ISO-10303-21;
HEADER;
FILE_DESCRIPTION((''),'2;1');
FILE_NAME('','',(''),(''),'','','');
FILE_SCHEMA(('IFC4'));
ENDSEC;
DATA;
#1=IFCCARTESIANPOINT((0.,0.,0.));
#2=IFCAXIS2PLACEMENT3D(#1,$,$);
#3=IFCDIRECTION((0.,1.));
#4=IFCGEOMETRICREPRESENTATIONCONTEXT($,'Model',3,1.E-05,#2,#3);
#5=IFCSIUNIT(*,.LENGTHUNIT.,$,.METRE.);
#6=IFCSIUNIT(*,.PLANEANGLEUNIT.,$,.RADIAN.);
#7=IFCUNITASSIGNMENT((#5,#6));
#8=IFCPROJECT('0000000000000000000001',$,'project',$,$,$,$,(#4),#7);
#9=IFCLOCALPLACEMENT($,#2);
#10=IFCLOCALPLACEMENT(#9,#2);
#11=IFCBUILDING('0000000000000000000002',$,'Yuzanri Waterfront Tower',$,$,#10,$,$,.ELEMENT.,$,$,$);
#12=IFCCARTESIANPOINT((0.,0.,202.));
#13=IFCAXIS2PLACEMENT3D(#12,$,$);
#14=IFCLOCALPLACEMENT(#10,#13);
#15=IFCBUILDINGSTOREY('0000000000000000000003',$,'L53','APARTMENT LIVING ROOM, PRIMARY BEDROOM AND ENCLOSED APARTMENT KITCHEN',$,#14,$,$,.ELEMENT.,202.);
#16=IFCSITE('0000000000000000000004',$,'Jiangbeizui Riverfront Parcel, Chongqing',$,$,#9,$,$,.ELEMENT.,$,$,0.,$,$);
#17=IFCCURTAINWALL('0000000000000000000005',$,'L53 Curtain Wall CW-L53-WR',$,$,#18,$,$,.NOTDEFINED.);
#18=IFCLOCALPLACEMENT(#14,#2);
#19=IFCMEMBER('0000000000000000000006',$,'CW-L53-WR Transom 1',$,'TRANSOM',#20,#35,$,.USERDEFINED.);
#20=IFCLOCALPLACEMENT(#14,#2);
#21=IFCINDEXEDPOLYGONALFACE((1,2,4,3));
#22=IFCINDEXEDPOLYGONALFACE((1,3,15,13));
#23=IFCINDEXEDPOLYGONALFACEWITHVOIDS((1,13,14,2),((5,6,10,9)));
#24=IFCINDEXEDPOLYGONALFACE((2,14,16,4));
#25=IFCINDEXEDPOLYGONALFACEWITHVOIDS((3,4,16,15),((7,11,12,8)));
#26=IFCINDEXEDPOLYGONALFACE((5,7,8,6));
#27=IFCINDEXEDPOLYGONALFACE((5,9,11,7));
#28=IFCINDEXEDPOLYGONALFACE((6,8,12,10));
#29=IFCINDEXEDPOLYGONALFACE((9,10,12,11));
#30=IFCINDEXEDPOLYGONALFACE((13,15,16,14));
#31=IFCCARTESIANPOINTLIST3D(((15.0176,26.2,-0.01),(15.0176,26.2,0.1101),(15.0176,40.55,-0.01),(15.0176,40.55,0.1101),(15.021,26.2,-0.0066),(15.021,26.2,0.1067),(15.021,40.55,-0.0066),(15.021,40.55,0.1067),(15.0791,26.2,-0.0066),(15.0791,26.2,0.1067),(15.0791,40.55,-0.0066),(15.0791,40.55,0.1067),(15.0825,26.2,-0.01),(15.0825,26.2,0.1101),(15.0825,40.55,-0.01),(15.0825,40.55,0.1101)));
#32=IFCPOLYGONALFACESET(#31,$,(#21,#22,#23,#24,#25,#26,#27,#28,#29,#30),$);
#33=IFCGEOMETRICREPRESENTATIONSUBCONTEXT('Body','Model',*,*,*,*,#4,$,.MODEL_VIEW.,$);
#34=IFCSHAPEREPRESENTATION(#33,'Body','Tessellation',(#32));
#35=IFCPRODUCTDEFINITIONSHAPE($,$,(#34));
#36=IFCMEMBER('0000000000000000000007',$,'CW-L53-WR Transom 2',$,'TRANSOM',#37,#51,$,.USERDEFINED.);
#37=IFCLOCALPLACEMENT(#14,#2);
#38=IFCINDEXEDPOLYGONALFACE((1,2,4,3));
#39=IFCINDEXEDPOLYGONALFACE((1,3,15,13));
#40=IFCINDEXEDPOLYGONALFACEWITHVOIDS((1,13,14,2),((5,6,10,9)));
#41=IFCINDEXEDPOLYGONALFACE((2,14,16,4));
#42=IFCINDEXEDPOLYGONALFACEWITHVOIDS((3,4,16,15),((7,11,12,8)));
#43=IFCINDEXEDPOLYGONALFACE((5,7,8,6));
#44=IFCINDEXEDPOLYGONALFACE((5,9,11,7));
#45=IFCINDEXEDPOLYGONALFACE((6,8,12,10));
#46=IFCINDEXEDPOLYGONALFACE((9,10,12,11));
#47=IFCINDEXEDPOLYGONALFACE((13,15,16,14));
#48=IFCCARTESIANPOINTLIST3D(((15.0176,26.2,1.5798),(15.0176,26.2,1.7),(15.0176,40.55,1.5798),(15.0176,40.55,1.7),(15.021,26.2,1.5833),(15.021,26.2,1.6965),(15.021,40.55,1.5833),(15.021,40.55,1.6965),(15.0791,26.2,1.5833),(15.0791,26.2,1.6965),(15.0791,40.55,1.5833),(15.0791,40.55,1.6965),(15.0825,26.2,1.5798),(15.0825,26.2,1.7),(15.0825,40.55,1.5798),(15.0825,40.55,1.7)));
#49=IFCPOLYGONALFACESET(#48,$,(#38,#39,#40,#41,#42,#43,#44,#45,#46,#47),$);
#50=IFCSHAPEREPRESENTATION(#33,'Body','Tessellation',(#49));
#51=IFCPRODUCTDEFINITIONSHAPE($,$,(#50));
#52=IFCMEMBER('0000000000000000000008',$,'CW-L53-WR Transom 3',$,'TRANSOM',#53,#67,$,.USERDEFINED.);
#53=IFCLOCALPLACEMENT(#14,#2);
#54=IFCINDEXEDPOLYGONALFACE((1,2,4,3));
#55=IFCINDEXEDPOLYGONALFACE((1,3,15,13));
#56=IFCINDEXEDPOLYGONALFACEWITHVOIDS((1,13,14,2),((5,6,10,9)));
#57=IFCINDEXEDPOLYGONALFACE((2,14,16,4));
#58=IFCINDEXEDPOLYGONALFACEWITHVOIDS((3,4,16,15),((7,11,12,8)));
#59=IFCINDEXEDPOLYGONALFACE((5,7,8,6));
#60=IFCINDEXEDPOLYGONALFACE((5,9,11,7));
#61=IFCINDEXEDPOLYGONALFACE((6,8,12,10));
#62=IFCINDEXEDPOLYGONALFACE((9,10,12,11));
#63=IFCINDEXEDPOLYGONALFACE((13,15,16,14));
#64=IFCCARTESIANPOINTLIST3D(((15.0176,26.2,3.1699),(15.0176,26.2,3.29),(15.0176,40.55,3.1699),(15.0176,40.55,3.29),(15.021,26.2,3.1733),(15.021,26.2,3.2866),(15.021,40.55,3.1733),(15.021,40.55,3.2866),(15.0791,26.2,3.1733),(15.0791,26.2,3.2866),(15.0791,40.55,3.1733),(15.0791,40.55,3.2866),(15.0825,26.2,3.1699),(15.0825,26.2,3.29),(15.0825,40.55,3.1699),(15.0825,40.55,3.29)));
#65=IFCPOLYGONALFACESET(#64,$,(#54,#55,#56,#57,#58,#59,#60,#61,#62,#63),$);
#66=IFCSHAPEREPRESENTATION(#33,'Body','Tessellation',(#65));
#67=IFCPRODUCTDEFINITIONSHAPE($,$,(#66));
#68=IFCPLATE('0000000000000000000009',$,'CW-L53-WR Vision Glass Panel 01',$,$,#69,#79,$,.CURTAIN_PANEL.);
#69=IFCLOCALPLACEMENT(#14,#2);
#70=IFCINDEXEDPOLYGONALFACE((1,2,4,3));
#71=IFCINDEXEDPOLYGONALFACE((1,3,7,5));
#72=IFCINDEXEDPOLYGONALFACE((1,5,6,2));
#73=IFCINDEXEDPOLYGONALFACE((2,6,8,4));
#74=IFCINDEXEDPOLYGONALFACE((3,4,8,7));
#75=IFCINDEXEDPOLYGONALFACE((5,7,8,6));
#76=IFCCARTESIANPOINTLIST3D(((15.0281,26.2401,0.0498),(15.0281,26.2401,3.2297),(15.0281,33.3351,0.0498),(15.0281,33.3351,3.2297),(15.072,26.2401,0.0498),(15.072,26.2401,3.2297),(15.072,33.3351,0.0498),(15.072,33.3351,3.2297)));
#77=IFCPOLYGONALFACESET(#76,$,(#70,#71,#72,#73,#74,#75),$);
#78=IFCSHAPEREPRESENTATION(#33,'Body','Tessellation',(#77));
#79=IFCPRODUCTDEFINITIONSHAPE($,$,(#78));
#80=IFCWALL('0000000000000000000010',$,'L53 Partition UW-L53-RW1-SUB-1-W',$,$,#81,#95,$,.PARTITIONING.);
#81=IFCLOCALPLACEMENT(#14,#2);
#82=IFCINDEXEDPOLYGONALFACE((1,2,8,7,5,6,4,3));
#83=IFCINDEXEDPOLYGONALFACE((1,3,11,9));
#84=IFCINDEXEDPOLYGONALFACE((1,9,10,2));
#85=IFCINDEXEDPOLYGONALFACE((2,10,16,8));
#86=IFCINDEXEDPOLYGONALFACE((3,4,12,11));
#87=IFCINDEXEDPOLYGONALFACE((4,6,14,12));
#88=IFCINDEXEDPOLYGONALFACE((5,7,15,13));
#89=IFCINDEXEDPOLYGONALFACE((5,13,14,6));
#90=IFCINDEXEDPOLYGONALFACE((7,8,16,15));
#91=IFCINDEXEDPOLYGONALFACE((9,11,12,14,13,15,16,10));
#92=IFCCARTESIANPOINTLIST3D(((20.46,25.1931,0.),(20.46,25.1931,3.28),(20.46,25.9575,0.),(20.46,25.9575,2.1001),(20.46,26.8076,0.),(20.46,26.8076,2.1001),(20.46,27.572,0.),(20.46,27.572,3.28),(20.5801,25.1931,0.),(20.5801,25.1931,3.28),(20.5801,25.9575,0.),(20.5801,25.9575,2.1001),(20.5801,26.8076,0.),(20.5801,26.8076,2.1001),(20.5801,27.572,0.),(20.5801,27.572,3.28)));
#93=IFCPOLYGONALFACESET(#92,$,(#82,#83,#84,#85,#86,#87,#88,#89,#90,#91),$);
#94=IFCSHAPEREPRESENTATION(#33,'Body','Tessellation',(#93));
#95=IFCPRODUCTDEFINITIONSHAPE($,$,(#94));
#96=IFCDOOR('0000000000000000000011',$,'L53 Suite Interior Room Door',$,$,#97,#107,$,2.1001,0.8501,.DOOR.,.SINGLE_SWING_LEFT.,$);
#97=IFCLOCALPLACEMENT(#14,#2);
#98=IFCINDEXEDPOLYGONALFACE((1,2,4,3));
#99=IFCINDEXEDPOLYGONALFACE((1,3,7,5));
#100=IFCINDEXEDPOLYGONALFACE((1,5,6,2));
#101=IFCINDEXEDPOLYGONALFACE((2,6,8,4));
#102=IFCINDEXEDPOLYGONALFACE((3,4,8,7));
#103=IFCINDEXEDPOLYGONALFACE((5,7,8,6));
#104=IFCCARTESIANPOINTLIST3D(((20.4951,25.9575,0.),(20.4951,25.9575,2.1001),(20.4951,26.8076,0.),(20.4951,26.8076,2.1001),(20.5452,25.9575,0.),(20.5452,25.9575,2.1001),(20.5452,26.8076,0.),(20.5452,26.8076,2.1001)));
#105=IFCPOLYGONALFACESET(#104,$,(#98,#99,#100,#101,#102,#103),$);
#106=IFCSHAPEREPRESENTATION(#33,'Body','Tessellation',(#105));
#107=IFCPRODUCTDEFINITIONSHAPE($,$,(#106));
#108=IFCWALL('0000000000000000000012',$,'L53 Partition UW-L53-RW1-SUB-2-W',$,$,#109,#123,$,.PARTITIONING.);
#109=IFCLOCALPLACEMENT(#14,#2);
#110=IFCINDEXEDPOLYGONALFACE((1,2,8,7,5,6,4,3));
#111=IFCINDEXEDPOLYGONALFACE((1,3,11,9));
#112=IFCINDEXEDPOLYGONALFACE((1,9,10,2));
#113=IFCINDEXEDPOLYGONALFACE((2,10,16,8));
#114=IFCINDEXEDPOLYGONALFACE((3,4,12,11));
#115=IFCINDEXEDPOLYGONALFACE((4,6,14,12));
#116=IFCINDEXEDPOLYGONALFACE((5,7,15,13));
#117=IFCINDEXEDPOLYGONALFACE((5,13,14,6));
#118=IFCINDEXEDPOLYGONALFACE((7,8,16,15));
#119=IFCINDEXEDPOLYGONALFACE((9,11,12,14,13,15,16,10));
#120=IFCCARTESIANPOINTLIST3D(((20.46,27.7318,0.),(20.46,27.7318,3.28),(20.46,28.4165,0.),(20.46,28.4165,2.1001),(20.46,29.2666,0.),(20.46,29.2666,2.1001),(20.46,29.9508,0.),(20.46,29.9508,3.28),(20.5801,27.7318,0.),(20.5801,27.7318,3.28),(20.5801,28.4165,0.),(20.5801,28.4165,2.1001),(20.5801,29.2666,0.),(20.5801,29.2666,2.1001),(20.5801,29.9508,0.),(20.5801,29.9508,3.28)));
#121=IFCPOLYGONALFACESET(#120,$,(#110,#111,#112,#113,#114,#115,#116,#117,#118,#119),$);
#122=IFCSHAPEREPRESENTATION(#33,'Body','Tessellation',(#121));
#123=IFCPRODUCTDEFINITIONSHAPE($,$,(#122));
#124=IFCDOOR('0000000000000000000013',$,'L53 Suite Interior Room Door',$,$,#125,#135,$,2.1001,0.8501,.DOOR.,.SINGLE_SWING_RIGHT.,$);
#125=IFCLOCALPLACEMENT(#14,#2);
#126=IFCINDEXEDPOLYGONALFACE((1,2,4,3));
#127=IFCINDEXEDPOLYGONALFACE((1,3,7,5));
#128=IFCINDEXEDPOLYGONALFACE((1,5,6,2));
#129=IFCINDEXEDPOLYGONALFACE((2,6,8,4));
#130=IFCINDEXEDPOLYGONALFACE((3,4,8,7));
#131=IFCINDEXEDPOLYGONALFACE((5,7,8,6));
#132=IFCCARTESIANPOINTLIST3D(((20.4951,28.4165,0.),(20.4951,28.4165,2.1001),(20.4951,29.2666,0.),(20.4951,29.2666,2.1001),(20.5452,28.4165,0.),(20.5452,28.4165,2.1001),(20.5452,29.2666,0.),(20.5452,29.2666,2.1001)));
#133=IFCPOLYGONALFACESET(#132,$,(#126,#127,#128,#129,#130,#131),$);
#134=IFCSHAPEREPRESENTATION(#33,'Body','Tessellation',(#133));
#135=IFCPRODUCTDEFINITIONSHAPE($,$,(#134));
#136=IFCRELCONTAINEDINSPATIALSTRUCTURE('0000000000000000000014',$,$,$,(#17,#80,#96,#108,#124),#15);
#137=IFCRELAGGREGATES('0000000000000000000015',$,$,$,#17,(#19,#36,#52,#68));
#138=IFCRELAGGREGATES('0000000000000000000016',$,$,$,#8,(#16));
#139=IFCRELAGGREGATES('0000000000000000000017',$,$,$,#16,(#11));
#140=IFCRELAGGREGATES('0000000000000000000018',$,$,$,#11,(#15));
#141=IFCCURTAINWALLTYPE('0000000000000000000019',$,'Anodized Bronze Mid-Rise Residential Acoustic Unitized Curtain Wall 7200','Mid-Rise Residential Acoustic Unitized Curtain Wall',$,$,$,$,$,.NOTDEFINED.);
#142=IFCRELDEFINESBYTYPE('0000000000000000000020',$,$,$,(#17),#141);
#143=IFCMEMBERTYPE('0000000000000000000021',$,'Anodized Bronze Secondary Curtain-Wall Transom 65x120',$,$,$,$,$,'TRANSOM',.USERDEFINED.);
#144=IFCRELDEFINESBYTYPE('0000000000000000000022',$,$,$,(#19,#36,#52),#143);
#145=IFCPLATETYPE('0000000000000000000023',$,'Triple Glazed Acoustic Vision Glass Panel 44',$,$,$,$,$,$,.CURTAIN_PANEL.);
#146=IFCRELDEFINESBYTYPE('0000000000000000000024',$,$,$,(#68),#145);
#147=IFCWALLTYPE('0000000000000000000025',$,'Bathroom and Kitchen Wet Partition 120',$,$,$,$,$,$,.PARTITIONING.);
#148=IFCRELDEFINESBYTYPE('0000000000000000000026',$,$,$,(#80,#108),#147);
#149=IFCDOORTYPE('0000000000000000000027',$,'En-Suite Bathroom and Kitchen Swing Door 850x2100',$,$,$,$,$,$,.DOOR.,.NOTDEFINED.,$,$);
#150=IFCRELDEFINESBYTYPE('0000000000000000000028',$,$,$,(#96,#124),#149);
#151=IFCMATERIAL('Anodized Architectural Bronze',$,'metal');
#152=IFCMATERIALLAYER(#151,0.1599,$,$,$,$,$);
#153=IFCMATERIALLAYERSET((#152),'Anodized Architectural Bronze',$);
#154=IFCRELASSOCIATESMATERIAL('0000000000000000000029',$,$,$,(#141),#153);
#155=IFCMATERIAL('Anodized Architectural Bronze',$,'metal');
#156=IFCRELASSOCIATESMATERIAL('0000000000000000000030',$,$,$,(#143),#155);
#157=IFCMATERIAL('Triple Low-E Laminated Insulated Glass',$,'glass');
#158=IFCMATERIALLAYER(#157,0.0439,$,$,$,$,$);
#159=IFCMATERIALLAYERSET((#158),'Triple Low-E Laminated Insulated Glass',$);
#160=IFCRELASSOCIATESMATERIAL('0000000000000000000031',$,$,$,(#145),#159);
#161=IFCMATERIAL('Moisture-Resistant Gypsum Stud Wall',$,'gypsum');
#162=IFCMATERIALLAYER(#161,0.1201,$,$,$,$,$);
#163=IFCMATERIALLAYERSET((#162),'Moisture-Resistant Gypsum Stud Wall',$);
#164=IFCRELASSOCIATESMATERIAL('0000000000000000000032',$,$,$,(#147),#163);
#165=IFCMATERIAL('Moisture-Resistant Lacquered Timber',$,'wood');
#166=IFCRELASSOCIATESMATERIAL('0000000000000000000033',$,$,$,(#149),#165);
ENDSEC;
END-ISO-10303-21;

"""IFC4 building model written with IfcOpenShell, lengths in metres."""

from ifc_helpers import new_model, si_unit, direction, frame, frame_2d, origin, origin_2d, place, context, subcontext, project, spatial, rectangle, hollow_rectangle, extrude, source, transform, mapped, material, layer, layer_set, material_profile, profile_set, type_object, element, fill, aggregate, save


model = new_model("IFC4")

# Units and contexts
model_context = context("Model", 3, precision=1e-05, world=origin(), true_north=direction((0.0, 1.0)))
body_context = subcontext(model_context, "Body", "Model", "MODEL_VIEW")
ifc_project = project(units=[si_unit("LENGTHUNIT", "METRE"), si_unit("PLANEANGLEUNIT", "RADIAN")], contexts=[model_context])

# Site, building, storey
site_placement = place(None, origin())
site = spatial("IfcSite", under=ifc_project, at=site_placement, Name="Jiangbeizui Riverfront Parcel, Chongqing", CompositionType="ELEMENT", RefElevation=0.0)
building_placement = place(site_placement, origin())
building = spatial("IfcBuilding", under=site, at=building_placement, Name="Yuzanri Waterfront Tower", CompositionType="ELEMENT")
storey_placement = place(building_placement, frame((0.0, 0.0, 202.0)))
storey = spatial("IfcBuildingStorey", under=building, at=storey_placement, Name="L53", Description="APARTMENT LIVING ROOM, PRIMARY BEDROOM AND ENCLOSED APARTMENT KITCHEN", CompositionType="ELEMENT", Elevation=202.0)

# Shared definitions
ifc_material_1 = material(Name="Anodized Architectural Bronze", Category="metal")
ifc_layer_1 = layer(ifc_material_1, 0.1599)
ifc_layer_set_1 = layer_set([ifc_layer_1], Name="Anodized Architectural Bronze")
curtain_wall_type = type_object("IfcCurtainWallType", Name="Anodized Bronze Mid-Rise Residential Acoustic Unitized Curtain Wall 7200", Description="Mid-Rise Residential Acoustic Unitized Curtain Wall", PredefinedType="NOTDEFINED", material=ifc_layer_set_1)

# Curtain wall, members, plate
curtain_wall_1_placement = place(storey_placement, origin())
curtain_wall_1 = element("IfcCurtainWall", 1, at=curtain_wall_1_placement, inside=storey, type_object=curtain_wall_type, Name="L53 Curtain Wall CW-L53-WR", PredefinedType="NOTDEFINED")
ifc_material_2 = material(Name="Anodized Architectural Bronze", Category="metal")
ifc_material_profile_1 = material_profile(ifc_material_2, hollow_rectangle(XDim=0.0649, YDim=0.1201, WallThickness=0.0034, at=origin_2d()), Name="CWT 65x120")
ifc_profile_set_1 = profile_set([ifc_material_profile_1], Name="Anodized Architectural Bronze")
member_type_1 = type_object("IfcMemberType", Name="Anodized Bronze Secondary Curtain-Wall Transom 65x120", ElementType="TRANSOM", PredefinedType="USERDEFINED", material=ifc_profile_set_1)
shared_shape_1 = source(origin(), body_context, "Body", "SweptSolid", [
    extrude(hollow_rectangle(XDim=0.0649, YDim=0.1201, WallThickness=0.0034, at=origin_2d()), origin(), (0.0, 0.0, 1.0), 14.3501),
])
member_1_placement = place(storey_placement, frame((15.05, 26.2, 0.05), z_axis=(0.0, 1.0, 0.0), x_axis=(-1.0, 0.0, 0.0)))
member_1 = element("IfcMember", 2, at=member_1_placement, type_object=member_type_1, Name="CW-L53-WR Transom 1", ObjectType="TRANSOM", PredefinedType="USERDEFINED", context=body_context, shape_type="MappedRepresentation", body=[
    mapped(shared_shape_1, transform((0.0, 0.0, 0.0), scale=1.0)),
])
member_2_placement = place(storey_placement, frame((15.05, 26.2, 1.6399), z_axis=(0.0, 1.0, 0.0), x_axis=(-1.0, 0.0, 0.0)))
member_2 = element("IfcMember", 3, at=member_2_placement, type_object=member_type_1, Name="CW-L53-WR Transom 2", ObjectType="TRANSOM", PredefinedType="USERDEFINED", context=body_context, shape_type="MappedRepresentation", body=[
    mapped(shared_shape_1, transform((0.0, 0.0, 0.0), scale=1.0)),
])
member_3_placement = place(storey_placement, frame((15.05, 26.2, 3.23), z_axis=(0.0, 1.0, 0.0), x_axis=(-1.0, 0.0, 0.0)))
member_3 = element("IfcMember", 4, at=member_3_placement, type_object=member_type_1, Name="CW-L53-WR Transom 3", ObjectType="TRANSOM", PredefinedType="USERDEFINED", context=body_context, shape_type="MappedRepresentation", body=[
    mapped(shared_shape_1, transform((0.0, 0.0, 0.0), scale=1.0)),
])
ifc_material_3 = material(Name="Triple Low-E Laminated Insulated Glass", Category="glass")
ifc_layer_2 = layer(ifc_material_3, 0.0439)
ifc_layer_set_2 = layer_set([ifc_layer_2], Name="Triple Low-E Laminated Insulated Glass")
plate_type = type_object("IfcPlateType", Name="Triple Glazed Acoustic Vision Glass Panel 44", PredefinedType="CURTAIN_PANEL", material=ifc_layer_set_2)
shared_shape_2 = source(origin(), body_context, "Body", "SweptSolid", [
    extrude(rectangle(XDim=7.095, YDim=0.0439, at=origin_2d()), origin(), (0.0, 0.0, 1.0), 3.1799),
])
plate_placement = place(storey_placement, frame((15.05, 29.7876, 0.0498), z_axis=(0.0, 0.0, 1.0), x_axis=(0.0, 1.0, 0.0)))
plate = element("IfcPlate", 5, at=plate_placement, type_object=plate_type, Name="CW-L53-WR Vision Glass Panel 01", PredefinedType="CURTAIN_PANEL", context=body_context, shape_type="MappedRepresentation", body=[
    mapped(shared_shape_2, transform((0.0, 0.0, 0.0), scale=1.0)),
])
aggregate(curtain_wall_1, [member_1, member_2, member_3, plate])

# Walls, openings, doors
ifc_material_4 = material(Name="Moisture-Resistant Gypsum Stud Wall", Category="gypsum")
ifc_layer_3 = layer(ifc_material_4, 0.1201)
ifc_layer_set_3 = layer_set([ifc_layer_3], Name="Moisture-Resistant Gypsum Stud Wall")
wall_type_1 = type_object("IfcWallType", Name="Bathroom and Kitchen Wet Partition 120", PredefinedType="PARTITIONING", material=ifc_layer_set_3)
wall_1_placement = place(storey_placement, frame((20.52, 25.1931, 0.0), z_axis=(0.0, 0.0, 1.0), x_axis=(0.0, 1.0, 0.0)))
wall_1 = element("IfcWall", 6, at=wall_1_placement, inside=storey, type_object=wall_type_1, Name="L53 Partition UW-L53-RW1-SUB-1-W", PredefinedType="PARTITIONING", context=body_context, shape_type="SweptSolid", body=[
    extrude(rectangle(XDim=2.3789, YDim=0.1201, at=frame_2d((1.1895, 0.0))), origin(), (0.0, 0.0, 1.0), 3.28),
])
opening_1_placement = place(wall_1_placement, frame((0.7644, 0.0, 0.0)))
opening_1 = element("IfcOpeningElement", 7, at=opening_1_placement, cuts=wall_1, PredefinedType="OPENING", context=body_context, shape_type="SweptSolid", body=[
    extrude(rectangle(XDim=0.8501, YDim=2.1001, at=frame_2d((0.425, 1.05))), frame((0.0, 0.075, 0.0), z_axis=(0.0, -1.0, 0.0), x_axis=(1.0, 0.0, 0.0)), (0.0, 0.0, 1.0), 0.1499),
])
ifc_material_5 = material(Name="Moisture-Resistant Lacquered Timber", Category="wood")
door_type_1 = type_object("IfcDoorType", Name="En-Suite Bathroom and Kitchen Swing Door 850x2100", OperationType="NOTDEFINED", PredefinedType="DOOR", material=ifc_material_5)
shared_shape_3 = source(origin(), body_context, "Body", "SweptSolid", [
    extrude(rectangle(XDim=0.8501, YDim=2.1001, at=frame_2d((0.425, 1.05))), frame((0.0, 0.0249, 0.0), z_axis=(0.0, -1.0, 0.0), x_axis=(1.0, 0.0, 0.0)), (0.0, 0.0, 1.0), 0.05),
])
door_1_placement = place(opening_1_placement, origin())
door_1 = element("IfcDoor", 8, at=door_1_placement, inside=storey, type_object=door_type_1, Name="L53 Suite Interior Room Door", OperationType="SINGLE_SWING_LEFT", OverallHeight=2.1001, OverallWidth=0.8501, PredefinedType="DOOR", context=body_context, shape_type="MappedRepresentation", body=[
    mapped(shared_shape_3, transform((0.0, 0.0, 0.0), scale=1.0)),
])
fill(opening_1, door_1)
wall_2_placement = place(storey_placement, frame((20.52, 27.7319, 0.0), z_axis=(0.0, 0.0, 1.0), x_axis=(0.0, 1.0, 0.0)))
wall_2 = element("IfcWall", 9, at=wall_2_placement, inside=storey, type_object=wall_type_1, Name="L53 Partition UW-L53-RW1-SUB-2-W", PredefinedType="PARTITIONING", context=body_context, shape_type="SweptSolid", body=[
    extrude(rectangle(XDim=2.219, YDim=0.1201, at=frame_2d((1.1094, 0.0))), origin(), (0.0, 0.0, 1.0), 3.28),
])
opening_2_placement = place(wall_2_placement, frame((0.6846, 0.0, 0.0)))
opening_2 = element("IfcOpeningElement", 10, at=opening_2_placement, cuts=wall_2, PredefinedType="OPENING", context=body_context, shape_type="SweptSolid", body=[
    extrude(rectangle(XDim=0.8501, YDim=2.1001, at=frame_2d((0.425, 1.05))), frame((0.0, 0.075, 0.0), z_axis=(0.0, -1.0, 0.0), x_axis=(1.0, 0.0, 0.0)), (0.0, 0.0, 1.0), 0.1499),
])
door_2_placement = place(opening_2_placement, origin())
door_2 = element("IfcDoor", 11, at=door_2_placement, inside=storey, type_object=door_type_1, Name="L53 Suite Interior Room Door", OperationType="SINGLE_SWING_RIGHT", OverallHeight=2.1001, OverallWidth=0.8501, PredefinedType="DOOR", context=body_context, shape_type="MappedRepresentation", body=[
    mapped(shared_shape_3, transform((0.0, 0.0, 0.0), scale=1.0)),
])
fill(opening_2, door_2)

save(model, "model.ifc")
